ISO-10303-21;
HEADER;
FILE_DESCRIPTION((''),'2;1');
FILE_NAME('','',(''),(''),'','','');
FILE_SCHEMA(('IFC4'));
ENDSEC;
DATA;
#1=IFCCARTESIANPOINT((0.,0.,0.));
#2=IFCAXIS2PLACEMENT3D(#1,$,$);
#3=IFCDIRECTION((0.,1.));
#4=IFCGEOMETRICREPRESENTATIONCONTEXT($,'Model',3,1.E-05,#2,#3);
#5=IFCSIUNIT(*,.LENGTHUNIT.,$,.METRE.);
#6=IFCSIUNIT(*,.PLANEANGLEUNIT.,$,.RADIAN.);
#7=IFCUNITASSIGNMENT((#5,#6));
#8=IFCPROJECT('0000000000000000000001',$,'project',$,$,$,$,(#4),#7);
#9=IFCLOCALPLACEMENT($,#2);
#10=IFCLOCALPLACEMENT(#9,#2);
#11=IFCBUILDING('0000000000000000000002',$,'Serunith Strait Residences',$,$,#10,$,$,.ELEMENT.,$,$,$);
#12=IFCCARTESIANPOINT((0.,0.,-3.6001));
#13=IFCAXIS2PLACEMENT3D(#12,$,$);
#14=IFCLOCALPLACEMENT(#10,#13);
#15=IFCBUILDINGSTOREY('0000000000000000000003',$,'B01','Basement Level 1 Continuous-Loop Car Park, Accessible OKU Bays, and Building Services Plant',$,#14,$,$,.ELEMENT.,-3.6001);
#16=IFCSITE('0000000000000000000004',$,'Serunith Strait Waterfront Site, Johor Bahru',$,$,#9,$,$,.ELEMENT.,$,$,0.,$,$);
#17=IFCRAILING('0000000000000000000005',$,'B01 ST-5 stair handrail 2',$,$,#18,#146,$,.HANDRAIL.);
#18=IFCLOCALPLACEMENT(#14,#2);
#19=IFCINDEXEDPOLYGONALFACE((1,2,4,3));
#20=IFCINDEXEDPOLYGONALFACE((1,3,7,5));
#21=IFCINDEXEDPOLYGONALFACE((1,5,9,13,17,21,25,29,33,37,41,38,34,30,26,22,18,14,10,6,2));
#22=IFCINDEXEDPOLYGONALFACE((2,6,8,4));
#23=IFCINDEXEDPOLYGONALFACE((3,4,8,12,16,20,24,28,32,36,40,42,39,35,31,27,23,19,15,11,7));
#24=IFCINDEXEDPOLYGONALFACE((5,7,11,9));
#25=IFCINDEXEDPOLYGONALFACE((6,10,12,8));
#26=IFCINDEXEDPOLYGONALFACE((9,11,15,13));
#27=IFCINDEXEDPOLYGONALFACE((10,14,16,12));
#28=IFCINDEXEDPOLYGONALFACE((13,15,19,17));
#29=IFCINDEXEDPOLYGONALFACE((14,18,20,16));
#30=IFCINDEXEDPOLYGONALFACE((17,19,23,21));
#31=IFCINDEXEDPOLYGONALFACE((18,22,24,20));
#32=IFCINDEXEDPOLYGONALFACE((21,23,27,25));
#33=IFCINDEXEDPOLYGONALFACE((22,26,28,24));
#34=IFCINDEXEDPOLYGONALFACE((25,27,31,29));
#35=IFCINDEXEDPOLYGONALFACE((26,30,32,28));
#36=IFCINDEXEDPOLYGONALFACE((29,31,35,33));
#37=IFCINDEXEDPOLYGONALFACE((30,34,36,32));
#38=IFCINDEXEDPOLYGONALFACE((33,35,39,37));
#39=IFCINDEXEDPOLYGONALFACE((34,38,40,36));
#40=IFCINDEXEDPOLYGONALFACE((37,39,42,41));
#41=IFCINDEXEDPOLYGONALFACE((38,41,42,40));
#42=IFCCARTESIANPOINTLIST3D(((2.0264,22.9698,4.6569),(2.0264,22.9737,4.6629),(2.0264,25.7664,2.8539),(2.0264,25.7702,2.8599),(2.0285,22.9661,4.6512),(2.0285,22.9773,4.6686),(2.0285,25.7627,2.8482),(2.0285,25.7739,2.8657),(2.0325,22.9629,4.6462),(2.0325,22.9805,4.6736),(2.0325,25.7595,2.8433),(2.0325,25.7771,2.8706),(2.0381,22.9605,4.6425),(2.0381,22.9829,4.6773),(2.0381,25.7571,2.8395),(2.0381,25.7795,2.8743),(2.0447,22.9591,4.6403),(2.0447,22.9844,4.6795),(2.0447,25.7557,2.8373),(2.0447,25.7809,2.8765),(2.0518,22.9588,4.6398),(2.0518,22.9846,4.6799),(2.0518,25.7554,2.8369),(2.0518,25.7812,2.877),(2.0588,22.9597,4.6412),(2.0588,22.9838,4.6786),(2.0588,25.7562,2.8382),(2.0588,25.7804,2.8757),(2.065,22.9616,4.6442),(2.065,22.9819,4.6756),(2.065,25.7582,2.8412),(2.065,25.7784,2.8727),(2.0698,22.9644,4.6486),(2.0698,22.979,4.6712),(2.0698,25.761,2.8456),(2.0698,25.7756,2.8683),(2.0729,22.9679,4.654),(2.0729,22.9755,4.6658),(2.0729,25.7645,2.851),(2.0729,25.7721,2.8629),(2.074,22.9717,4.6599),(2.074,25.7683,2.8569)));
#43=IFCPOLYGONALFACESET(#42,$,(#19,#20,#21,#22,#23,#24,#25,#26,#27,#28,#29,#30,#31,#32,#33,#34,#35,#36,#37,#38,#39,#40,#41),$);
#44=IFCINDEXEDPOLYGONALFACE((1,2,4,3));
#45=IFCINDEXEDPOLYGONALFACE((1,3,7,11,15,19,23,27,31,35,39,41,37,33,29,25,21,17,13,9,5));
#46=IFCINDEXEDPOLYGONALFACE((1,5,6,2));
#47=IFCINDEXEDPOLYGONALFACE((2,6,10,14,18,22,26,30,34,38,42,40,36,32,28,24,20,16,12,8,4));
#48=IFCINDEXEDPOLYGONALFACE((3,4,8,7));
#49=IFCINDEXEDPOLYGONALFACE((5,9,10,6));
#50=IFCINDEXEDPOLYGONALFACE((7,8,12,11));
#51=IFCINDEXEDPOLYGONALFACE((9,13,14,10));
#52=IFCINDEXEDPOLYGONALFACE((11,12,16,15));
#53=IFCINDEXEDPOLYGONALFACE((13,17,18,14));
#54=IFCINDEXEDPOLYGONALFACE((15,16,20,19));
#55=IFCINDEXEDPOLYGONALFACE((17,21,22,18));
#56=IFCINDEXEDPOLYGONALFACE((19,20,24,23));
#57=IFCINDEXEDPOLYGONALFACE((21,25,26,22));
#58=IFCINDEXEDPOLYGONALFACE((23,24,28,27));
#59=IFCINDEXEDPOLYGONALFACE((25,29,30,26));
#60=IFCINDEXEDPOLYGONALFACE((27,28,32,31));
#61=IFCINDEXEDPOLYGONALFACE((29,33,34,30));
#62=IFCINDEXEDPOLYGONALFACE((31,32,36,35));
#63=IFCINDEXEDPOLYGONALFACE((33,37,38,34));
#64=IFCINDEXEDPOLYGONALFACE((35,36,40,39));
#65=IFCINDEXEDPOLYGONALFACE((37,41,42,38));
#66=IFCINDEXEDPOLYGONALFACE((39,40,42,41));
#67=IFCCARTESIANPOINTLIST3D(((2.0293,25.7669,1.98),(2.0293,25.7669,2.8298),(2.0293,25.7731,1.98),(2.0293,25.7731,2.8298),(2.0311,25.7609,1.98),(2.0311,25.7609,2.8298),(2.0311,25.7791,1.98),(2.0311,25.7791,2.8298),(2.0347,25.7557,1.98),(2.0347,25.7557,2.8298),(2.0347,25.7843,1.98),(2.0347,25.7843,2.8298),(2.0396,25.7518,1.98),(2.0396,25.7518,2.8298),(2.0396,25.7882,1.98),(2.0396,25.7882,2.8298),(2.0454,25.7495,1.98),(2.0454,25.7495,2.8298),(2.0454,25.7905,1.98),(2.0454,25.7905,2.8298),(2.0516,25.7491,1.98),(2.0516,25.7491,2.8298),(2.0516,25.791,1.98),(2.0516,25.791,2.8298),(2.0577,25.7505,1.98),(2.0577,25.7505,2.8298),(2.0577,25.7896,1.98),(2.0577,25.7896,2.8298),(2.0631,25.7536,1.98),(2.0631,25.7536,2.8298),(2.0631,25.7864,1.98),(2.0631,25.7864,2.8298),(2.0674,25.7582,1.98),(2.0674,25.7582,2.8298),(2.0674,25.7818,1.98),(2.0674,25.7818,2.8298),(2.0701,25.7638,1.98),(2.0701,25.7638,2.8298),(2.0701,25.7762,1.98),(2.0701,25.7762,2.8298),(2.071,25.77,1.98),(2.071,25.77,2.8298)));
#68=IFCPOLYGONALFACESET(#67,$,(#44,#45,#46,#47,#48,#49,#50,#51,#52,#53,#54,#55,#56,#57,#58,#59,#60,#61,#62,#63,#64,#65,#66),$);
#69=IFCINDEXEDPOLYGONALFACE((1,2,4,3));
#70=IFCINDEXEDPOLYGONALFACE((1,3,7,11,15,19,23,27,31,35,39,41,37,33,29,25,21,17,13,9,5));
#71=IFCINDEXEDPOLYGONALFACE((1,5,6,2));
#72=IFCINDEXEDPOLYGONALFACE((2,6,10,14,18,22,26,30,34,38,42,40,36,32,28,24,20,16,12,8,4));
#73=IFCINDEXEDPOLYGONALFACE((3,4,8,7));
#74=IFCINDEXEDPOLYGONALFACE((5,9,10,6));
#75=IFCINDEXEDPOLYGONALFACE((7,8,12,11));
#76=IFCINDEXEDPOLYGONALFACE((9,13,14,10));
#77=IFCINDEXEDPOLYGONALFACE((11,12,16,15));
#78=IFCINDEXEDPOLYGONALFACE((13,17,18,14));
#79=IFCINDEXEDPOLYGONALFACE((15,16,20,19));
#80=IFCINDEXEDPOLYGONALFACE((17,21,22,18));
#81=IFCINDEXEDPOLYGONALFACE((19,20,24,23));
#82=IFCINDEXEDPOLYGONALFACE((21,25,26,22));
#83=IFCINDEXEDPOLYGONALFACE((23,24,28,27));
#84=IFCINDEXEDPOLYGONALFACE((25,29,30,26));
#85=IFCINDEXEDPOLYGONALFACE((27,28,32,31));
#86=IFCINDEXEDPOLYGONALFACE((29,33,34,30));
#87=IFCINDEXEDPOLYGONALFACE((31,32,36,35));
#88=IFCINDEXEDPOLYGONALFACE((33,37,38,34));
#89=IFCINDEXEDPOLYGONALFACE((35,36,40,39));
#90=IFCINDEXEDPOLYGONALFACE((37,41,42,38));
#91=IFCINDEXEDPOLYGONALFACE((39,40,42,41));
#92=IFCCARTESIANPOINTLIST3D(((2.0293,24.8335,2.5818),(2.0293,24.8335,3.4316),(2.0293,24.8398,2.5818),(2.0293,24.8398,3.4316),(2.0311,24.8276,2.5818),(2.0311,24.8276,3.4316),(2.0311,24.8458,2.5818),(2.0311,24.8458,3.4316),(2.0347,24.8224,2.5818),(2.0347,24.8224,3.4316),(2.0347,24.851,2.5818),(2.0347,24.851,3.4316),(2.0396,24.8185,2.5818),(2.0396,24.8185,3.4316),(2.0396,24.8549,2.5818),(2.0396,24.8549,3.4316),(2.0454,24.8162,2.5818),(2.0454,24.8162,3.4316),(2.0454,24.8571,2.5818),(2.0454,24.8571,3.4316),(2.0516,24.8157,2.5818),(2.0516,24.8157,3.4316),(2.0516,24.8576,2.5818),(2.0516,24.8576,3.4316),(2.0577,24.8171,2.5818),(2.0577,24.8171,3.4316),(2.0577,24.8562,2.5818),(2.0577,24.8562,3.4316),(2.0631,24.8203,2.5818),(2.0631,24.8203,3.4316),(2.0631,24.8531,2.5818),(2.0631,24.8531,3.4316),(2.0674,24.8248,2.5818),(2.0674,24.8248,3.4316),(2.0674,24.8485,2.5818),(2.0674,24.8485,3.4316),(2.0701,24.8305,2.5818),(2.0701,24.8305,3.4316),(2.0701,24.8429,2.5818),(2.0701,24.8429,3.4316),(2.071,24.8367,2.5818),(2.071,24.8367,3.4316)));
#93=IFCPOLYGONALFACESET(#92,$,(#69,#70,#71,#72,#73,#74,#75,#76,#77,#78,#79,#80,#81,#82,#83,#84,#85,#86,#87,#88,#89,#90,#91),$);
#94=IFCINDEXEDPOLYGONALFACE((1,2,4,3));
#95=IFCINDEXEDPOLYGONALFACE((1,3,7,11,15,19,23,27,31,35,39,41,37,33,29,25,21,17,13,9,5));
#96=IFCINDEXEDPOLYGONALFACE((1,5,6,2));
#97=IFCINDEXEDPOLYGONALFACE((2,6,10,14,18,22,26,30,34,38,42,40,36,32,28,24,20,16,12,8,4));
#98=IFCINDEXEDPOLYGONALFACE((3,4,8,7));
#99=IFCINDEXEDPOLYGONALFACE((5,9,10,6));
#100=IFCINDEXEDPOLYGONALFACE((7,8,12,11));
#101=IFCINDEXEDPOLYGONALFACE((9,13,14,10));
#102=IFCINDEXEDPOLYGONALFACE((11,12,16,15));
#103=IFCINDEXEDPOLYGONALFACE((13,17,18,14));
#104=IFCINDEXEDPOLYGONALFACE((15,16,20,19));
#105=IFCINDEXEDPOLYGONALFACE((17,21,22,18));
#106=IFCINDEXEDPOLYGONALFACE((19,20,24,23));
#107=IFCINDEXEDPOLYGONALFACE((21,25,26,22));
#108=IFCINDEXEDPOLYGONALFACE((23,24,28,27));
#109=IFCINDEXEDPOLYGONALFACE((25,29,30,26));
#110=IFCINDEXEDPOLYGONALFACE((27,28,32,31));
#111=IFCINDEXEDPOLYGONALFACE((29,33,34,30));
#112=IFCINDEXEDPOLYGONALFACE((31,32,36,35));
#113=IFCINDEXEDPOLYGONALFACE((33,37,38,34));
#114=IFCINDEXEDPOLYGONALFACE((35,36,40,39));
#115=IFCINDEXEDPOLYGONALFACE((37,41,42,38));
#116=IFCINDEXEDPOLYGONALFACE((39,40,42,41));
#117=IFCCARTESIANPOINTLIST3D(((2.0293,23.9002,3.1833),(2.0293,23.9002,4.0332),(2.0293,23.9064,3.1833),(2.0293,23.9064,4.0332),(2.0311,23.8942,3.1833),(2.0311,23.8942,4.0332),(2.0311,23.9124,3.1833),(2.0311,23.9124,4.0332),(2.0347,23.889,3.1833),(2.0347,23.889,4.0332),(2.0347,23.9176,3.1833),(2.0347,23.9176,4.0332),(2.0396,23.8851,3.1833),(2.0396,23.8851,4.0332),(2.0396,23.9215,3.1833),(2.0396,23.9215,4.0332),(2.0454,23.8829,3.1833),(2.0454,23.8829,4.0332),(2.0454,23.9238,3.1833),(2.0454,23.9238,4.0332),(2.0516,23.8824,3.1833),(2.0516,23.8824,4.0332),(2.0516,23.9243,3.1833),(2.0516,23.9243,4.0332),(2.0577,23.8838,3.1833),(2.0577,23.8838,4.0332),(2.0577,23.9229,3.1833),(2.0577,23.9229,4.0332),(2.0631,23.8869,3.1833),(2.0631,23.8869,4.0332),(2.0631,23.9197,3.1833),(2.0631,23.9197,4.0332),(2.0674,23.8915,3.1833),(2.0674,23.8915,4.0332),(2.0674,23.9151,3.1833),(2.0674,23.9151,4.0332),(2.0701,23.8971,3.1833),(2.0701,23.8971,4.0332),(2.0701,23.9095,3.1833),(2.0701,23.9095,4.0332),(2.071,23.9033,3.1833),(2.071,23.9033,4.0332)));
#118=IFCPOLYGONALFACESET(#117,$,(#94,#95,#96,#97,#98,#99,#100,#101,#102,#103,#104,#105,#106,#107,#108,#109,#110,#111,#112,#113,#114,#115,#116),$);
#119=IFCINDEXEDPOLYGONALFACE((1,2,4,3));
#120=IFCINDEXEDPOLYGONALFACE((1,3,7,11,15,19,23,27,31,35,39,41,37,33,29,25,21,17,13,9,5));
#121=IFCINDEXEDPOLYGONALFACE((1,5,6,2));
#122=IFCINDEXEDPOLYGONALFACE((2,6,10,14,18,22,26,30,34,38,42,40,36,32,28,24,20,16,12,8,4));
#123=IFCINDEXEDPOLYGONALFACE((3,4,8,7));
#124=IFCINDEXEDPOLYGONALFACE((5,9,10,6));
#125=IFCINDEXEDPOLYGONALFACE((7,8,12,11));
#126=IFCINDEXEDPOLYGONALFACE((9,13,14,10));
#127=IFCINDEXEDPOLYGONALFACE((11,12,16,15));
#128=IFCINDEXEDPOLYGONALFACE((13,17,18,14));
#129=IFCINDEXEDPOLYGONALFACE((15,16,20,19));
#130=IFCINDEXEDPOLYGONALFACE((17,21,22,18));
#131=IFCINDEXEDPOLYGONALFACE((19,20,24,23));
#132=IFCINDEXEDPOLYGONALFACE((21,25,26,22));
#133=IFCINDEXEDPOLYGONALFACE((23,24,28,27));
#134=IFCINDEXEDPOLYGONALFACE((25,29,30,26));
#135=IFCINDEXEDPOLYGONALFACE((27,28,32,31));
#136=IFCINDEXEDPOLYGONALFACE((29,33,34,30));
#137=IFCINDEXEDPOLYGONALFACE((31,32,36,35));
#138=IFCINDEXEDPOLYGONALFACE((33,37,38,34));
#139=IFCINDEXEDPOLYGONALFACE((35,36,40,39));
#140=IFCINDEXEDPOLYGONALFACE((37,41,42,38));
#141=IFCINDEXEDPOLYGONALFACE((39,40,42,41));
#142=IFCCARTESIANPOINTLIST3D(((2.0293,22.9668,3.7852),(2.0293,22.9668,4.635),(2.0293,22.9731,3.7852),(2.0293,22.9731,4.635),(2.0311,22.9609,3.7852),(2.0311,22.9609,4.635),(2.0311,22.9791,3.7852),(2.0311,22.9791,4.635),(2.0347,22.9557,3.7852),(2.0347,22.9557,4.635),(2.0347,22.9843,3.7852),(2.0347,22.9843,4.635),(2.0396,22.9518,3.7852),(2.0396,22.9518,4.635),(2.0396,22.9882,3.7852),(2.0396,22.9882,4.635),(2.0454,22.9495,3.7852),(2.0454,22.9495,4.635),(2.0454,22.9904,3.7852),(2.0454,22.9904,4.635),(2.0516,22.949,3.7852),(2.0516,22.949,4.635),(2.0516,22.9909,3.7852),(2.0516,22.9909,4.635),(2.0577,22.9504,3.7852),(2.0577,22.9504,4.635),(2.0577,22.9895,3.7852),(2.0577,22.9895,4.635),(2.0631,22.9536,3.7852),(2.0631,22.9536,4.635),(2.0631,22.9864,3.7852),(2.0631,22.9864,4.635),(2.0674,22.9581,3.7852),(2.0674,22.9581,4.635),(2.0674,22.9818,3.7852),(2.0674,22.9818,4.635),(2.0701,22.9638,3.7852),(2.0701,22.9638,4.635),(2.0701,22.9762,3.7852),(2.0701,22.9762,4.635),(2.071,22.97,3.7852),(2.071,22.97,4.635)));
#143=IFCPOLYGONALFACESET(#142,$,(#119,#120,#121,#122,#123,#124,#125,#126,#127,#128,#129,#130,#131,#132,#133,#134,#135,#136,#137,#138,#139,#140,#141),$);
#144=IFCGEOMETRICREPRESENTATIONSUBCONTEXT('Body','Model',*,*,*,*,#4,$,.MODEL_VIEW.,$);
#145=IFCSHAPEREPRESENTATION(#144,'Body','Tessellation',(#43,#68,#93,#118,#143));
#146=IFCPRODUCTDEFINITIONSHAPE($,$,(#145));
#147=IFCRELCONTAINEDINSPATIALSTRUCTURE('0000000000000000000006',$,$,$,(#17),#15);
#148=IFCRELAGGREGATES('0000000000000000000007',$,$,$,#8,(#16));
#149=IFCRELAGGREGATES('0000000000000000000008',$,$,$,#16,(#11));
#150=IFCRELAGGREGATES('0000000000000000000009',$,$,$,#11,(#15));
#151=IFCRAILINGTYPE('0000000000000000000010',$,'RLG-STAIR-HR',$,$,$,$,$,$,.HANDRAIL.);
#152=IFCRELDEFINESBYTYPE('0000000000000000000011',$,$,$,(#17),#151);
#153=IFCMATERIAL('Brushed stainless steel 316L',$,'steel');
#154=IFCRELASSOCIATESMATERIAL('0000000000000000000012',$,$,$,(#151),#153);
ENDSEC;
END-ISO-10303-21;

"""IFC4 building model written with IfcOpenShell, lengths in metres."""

from ifc_helpers import new_model, si_unit, direction, frame, origin, origin_2d, place, context, subcontext, project, spatial, circle, extrude, material, type_object, element, save


model = new_model("IFC4")

# Units and contexts
model_context = context("Model", 3, precision=1e-05, world=origin(), true_north=direction((0.0, 1.0)))
body_context = subcontext(model_context, "Body", "Model", "MODEL_VIEW")
ifc_project = project(units=[si_unit("LENGTHUNIT", "METRE"), si_unit("PLANEANGLEUNIT", "RADIAN")], contexts=[model_context])

# Site, building, storey
site_placement = place(None, origin())
site = spatial("IfcSite", under=ifc_project, at=site_placement, Name="Serunith Strait Waterfront Site, Johor Bahru", CompositionType="ELEMENT", RefElevation=0.0)
building_placement = place(site_placement, origin())
building = spatial("IfcBuilding", under=site, at=building_placement, Name="Serunith Strait Residences", CompositionType="ELEMENT")
storey_placement = place(building_placement, frame((0.0, 0.0, -3.6001)))
storey = spatial("IfcBuildingStorey", under=building, at=storey_placement, Name="B01", Description="Basement Level 1 Continuous-Loop Car Park, Accessible OKU Bays, and Building Services Plant", CompositionType="ELEMENT", Elevation=-3.6001)

# Railing
ifc_material_1 = material(Name="Brushed stainless steel 316L", Category="steel")
railing_type_1 = type_object("IfcRailingType", Name="RLG-STAIR-HR", PredefinedType="HANDRAIL", material=ifc_material_1)
railing_1_placement = place(storey_placement, frame((2.05, 25.77, 1.98)))
element("IfcRailing", 1, at=railing_1_placement, inside=storey, type_object=railing_type_1, Name="B01 ST-5 stair handrail 2", PredefinedType="HANDRAIL", context=body_context, shape_type="SweptSolid", body=[
    extrude(circle(Radius=0.0239, at=origin_2d()), frame((0.0, -0.0017, 0.877), z_axis=(0.0, -0.840475, 0.54185), x_axis=(1.0, 0.0, 0.0)), (0.0, 0.0, 1.0), 3.3274),
    extrude(circle(Radius=0.021, at=origin_2d()), origin(), (0.0, 0.0, 1.0), 0.8499),
    extrude(circle(Radius=0.021, at=origin_2d()), frame((0.0, -0.9333, 0.6018)), (0.0, 0.0, 1.0), 0.8499),
    extrude(circle(Radius=0.021, at=origin_2d()), frame((0.0, -1.8667, 1.2034)), (0.0, 0.0, 1.0), 0.8499),
    extrude(circle(Radius=0.021, at=origin_2d()), frame((0.0, -2.8, 1.8052)), (0.0, 0.0, 1.0), 0.8499),
])

save(model, "model.ifc")
